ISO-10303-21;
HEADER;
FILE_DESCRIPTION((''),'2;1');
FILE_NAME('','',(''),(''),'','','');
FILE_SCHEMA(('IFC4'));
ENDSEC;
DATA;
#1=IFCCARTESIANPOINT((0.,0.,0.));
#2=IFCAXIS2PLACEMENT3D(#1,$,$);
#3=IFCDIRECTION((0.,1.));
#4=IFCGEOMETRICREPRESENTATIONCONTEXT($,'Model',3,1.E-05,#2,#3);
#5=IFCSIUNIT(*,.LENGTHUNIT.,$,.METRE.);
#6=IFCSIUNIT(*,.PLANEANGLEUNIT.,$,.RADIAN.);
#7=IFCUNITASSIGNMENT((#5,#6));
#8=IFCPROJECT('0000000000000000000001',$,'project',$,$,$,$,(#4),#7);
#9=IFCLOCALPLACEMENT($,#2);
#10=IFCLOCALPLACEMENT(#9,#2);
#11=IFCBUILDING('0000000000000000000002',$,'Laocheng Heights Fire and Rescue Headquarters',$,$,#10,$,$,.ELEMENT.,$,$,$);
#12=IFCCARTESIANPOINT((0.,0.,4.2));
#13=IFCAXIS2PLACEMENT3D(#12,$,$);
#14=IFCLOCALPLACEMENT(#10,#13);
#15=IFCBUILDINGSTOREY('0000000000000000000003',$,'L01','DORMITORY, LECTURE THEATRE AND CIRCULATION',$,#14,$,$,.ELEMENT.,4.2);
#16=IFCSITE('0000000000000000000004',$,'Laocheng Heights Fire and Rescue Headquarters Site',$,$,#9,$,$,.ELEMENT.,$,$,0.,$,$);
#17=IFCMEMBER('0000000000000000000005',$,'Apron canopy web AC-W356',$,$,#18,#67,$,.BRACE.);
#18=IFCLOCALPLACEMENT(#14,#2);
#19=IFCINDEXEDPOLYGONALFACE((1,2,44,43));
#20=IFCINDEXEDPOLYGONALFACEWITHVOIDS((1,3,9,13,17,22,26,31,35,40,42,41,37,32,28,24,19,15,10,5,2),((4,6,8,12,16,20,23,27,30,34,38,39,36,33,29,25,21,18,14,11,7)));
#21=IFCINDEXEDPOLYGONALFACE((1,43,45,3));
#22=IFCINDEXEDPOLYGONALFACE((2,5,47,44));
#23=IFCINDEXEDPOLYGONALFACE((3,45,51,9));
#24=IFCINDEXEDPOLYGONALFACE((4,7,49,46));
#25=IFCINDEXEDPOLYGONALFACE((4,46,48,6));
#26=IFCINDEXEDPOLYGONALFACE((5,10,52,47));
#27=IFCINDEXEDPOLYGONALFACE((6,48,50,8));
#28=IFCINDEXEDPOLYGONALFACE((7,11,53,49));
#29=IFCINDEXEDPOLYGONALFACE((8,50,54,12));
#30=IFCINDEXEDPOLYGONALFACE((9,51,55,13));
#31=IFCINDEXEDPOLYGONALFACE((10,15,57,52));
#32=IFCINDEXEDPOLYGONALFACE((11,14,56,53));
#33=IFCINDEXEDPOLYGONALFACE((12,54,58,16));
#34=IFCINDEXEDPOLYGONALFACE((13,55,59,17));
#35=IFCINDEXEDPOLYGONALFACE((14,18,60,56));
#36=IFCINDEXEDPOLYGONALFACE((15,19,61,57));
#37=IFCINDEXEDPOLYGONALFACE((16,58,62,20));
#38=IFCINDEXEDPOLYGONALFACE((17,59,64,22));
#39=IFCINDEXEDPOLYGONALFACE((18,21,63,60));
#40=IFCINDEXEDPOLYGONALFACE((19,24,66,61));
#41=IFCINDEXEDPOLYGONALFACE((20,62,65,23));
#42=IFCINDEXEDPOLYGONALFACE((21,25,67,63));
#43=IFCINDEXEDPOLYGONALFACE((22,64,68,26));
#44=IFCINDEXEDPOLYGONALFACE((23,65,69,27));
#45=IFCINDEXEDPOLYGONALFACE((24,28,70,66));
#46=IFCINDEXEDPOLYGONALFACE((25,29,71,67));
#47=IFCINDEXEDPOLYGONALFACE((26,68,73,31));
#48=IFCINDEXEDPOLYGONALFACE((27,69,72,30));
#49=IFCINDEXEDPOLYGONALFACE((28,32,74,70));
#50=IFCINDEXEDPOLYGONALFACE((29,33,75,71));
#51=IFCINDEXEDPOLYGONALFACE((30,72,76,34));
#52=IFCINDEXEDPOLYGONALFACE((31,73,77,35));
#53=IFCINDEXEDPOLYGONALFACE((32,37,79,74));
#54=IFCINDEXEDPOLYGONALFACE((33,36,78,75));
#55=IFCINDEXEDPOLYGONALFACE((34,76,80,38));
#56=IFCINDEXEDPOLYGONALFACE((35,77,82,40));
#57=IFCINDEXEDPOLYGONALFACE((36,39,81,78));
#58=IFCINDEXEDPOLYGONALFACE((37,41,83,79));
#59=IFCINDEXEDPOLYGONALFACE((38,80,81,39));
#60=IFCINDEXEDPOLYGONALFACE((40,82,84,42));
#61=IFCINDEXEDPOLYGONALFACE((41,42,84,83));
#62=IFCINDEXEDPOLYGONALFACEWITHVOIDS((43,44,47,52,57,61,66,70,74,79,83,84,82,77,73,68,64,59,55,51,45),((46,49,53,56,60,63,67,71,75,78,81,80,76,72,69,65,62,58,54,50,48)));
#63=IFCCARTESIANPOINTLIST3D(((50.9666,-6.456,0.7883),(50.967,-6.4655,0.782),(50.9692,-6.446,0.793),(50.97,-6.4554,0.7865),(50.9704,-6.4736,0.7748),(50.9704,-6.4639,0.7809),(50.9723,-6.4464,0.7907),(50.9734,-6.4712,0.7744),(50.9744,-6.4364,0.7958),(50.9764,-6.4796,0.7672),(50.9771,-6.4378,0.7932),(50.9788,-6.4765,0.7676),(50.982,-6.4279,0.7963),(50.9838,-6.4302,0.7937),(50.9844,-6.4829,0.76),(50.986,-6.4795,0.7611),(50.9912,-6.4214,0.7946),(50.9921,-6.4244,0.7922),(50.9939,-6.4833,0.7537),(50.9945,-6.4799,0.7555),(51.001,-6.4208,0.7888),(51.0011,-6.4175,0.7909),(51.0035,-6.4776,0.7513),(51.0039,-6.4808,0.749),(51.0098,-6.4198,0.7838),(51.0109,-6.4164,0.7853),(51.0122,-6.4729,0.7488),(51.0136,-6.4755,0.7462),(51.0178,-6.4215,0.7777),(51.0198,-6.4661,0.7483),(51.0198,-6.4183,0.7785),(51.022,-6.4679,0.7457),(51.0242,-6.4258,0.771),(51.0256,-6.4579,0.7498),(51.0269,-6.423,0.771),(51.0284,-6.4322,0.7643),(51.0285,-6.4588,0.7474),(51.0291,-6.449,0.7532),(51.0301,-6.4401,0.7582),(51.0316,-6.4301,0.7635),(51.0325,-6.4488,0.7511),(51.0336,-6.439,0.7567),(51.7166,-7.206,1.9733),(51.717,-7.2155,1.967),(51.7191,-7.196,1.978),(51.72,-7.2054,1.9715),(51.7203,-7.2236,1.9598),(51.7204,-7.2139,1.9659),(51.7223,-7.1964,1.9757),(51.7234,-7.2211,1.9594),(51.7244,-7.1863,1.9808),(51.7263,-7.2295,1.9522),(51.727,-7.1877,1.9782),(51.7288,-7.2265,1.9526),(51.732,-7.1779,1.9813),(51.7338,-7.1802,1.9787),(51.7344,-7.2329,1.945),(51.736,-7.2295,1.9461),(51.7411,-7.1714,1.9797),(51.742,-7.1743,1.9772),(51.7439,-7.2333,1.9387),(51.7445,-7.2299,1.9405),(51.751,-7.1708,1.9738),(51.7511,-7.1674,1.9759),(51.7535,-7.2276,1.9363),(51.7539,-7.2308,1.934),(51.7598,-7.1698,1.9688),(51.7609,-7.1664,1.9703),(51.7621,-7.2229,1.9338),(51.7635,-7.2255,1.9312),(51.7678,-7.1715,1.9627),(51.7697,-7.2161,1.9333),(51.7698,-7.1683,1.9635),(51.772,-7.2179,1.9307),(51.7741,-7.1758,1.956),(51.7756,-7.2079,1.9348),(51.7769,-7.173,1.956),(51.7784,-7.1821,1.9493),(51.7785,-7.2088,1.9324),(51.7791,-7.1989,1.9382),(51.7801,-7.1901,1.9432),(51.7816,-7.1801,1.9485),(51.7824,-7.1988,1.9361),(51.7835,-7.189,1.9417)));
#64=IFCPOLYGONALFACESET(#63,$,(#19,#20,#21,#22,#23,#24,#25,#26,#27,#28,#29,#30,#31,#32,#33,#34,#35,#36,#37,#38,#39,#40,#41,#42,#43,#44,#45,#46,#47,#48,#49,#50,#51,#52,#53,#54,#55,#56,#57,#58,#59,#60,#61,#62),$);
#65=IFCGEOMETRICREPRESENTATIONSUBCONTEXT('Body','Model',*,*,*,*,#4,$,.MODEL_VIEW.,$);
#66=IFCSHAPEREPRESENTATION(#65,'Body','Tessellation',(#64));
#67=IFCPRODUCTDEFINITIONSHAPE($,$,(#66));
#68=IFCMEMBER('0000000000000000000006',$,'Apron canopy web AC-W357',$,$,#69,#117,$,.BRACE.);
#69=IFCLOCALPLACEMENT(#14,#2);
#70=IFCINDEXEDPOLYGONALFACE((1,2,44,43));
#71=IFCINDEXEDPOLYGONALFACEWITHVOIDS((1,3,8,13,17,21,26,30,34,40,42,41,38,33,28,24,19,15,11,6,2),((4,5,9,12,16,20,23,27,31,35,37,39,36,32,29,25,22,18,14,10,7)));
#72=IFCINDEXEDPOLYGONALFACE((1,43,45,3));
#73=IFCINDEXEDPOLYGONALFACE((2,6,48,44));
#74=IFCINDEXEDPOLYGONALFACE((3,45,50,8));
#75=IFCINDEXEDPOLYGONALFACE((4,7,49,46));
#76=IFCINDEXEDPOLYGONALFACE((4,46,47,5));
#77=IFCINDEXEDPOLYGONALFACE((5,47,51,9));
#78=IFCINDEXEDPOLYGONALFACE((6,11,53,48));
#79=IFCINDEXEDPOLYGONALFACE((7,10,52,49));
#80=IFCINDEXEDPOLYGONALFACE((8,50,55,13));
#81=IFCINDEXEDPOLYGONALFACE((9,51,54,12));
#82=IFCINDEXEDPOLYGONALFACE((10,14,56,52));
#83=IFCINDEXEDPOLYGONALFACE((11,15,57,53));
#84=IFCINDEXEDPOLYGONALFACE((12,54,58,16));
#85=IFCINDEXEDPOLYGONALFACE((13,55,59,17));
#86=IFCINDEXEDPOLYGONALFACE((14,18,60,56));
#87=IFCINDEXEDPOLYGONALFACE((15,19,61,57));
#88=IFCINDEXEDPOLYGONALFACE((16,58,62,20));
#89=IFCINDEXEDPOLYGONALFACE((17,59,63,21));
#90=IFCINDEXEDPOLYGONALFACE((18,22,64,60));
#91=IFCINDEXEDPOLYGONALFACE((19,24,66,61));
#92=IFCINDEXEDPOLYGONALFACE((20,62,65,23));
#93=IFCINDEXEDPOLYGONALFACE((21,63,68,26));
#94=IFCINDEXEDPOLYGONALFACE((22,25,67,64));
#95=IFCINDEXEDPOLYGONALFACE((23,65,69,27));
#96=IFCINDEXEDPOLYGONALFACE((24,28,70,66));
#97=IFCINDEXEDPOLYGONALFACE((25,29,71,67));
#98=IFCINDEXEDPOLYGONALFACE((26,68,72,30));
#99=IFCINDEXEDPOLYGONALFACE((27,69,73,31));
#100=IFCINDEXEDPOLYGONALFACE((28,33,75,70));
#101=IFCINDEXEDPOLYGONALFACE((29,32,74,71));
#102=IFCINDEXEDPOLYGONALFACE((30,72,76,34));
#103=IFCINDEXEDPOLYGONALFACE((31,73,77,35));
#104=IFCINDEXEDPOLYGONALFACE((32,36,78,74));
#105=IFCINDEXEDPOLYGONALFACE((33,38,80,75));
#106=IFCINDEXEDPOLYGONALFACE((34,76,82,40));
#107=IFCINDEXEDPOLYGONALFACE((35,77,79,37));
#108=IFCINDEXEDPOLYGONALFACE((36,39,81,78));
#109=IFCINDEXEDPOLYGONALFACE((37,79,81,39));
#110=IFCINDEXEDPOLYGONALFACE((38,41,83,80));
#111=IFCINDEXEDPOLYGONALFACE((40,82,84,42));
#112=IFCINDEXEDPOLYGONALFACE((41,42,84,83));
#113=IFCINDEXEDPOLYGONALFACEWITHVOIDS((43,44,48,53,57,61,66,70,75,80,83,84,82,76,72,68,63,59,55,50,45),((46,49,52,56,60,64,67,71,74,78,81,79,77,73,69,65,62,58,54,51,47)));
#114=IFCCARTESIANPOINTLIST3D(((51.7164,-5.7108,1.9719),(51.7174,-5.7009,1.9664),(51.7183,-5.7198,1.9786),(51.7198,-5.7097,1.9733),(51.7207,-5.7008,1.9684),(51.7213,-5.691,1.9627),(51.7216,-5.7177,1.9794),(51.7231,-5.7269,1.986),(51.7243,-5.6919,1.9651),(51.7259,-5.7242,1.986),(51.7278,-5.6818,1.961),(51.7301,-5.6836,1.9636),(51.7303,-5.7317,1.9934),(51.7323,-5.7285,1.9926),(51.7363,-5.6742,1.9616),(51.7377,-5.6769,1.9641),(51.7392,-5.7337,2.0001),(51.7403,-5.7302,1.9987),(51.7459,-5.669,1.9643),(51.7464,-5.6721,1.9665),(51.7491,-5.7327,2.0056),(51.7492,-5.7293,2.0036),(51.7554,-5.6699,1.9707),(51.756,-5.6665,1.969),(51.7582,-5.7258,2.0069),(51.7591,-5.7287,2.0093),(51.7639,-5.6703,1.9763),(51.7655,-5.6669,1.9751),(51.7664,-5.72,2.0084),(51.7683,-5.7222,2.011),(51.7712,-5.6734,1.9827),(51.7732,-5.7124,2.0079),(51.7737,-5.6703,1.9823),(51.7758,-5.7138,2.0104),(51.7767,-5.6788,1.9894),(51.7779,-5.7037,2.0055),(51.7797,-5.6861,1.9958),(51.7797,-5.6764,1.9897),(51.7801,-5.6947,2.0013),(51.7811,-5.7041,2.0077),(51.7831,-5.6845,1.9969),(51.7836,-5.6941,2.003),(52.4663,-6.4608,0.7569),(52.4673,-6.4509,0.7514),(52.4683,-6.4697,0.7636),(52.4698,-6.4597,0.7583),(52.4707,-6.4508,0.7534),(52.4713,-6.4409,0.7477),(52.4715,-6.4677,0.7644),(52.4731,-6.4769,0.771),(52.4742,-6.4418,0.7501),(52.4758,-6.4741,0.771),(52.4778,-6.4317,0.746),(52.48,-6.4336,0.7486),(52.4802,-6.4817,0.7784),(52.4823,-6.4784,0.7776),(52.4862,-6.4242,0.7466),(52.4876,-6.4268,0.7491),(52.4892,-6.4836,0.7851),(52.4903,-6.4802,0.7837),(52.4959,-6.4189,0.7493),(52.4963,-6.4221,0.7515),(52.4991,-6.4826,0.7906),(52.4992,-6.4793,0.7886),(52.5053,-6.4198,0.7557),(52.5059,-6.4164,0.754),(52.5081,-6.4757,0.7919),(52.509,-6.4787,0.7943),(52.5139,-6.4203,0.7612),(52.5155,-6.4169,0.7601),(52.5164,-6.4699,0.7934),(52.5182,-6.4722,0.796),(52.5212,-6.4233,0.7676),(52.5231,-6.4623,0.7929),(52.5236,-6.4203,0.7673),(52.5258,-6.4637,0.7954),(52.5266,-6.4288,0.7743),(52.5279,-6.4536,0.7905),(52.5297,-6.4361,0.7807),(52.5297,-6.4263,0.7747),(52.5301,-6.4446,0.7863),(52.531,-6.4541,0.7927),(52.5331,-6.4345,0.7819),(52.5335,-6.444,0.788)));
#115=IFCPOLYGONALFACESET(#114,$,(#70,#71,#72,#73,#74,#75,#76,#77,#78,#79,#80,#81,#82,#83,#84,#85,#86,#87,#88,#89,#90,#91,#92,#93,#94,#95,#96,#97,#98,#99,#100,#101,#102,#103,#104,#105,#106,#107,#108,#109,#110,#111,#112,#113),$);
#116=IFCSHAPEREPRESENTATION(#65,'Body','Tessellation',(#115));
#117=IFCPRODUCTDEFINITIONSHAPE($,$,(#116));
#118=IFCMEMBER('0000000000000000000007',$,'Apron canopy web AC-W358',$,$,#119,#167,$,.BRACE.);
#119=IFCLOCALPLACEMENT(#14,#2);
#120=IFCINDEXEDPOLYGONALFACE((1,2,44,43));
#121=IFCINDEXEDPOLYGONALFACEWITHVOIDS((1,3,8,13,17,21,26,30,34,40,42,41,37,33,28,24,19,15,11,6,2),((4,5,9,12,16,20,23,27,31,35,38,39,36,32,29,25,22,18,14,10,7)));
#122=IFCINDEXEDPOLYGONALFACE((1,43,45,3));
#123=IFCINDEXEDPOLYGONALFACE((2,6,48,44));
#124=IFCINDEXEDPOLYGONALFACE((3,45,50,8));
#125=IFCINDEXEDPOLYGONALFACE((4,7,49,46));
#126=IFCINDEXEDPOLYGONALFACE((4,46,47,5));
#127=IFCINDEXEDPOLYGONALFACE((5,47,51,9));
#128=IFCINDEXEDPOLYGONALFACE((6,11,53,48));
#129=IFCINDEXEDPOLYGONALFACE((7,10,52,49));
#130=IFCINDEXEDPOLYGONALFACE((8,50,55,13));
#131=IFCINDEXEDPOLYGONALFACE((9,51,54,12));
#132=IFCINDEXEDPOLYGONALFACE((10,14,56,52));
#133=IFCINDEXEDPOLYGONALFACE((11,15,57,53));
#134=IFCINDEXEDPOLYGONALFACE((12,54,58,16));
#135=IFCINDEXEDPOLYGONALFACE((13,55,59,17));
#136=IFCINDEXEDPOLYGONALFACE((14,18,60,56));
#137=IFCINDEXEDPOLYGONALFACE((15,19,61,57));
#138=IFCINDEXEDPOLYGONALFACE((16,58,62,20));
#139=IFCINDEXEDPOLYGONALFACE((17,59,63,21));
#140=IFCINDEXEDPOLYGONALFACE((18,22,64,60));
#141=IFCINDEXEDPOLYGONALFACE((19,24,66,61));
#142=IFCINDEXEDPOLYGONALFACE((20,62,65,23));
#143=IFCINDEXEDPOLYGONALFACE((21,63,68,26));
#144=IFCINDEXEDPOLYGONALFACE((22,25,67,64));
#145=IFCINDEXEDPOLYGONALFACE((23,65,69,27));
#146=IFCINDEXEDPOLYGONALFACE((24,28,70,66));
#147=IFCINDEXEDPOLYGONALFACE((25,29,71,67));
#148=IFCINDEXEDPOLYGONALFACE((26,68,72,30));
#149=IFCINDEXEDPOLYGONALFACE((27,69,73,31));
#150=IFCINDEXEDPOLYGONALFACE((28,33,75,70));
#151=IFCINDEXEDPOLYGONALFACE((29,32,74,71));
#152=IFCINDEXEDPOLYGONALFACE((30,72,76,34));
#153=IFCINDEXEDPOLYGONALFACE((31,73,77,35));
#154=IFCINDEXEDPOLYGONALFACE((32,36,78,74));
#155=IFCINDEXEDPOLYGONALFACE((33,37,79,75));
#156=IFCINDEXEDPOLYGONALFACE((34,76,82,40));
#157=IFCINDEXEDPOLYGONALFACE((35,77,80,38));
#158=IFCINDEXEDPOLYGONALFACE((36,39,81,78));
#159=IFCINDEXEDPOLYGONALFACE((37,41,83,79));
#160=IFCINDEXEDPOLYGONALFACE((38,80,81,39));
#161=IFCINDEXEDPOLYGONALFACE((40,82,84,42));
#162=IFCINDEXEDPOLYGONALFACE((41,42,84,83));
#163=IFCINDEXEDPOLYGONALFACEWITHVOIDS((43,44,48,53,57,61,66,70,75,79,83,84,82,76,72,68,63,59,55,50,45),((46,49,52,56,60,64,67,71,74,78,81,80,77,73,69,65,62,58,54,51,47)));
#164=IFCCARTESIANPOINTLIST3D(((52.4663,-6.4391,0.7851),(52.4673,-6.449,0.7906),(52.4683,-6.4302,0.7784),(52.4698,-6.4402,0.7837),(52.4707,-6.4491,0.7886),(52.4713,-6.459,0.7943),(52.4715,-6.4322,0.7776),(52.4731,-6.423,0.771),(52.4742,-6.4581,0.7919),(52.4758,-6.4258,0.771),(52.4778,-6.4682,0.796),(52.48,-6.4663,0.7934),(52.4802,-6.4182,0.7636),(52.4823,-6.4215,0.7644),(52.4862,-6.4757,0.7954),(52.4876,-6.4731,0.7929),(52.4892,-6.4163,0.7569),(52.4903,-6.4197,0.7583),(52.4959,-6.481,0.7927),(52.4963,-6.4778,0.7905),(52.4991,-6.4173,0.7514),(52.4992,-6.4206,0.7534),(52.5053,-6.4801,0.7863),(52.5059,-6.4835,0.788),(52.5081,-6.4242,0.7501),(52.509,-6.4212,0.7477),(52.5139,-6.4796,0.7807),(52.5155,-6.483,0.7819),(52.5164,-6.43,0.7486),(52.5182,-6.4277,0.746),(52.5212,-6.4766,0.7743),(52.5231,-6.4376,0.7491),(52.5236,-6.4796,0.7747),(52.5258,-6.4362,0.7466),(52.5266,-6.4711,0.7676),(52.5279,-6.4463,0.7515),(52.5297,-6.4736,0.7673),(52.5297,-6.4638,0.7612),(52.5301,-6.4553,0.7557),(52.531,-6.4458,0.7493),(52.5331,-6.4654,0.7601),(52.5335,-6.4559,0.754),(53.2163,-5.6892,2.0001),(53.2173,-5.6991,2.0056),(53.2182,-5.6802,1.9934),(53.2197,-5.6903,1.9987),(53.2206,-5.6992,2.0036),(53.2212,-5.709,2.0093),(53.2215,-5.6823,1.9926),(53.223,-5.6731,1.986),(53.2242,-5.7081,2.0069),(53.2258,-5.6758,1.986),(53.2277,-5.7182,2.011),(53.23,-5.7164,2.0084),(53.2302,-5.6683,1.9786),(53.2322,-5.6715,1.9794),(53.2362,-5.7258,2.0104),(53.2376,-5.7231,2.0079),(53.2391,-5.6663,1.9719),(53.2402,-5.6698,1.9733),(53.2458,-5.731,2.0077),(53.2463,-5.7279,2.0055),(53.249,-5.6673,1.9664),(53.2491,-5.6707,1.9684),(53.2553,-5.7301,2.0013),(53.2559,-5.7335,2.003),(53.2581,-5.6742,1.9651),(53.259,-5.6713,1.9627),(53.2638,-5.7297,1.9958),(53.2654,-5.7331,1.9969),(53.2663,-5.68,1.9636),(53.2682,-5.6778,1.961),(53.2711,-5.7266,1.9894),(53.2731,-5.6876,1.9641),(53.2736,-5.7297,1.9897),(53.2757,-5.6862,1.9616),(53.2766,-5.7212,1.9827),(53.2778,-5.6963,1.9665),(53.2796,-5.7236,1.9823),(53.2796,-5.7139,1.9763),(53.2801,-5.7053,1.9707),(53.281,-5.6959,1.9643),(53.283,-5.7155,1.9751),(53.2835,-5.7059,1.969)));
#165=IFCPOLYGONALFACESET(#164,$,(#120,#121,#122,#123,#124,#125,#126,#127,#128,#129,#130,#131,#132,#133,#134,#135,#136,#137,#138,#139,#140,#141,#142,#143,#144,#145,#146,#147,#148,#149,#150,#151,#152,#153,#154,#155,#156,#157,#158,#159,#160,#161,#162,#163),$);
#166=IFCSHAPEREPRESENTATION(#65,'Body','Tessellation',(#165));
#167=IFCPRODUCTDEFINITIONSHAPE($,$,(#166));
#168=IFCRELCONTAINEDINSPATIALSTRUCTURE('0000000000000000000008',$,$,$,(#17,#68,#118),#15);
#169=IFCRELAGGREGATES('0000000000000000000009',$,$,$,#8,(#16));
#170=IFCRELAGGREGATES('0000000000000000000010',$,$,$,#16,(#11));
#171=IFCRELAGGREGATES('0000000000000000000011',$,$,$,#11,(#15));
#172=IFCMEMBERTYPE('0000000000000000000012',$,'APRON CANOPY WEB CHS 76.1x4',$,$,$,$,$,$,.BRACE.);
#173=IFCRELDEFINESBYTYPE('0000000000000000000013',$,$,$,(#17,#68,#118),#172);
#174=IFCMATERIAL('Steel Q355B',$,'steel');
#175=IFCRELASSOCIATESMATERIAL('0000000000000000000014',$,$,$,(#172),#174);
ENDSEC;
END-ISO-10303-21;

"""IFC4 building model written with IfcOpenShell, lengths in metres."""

from ifc_helpers import new_model, si_unit, direction, frame, origin, origin_2d, place, context, subcontext, project, spatial, hollow_circle, extrude, material, material_profile, profile_set, type_object, element, save


model = new_model("IFC4")

# Units and contexts
model_context = context("Model", 3, precision=1e-05, world=origin(), true_north=direction((0.0, 1.0)))
body_context = subcontext(model_context, "Body", "Model", "MODEL_VIEW")
ifc_project = project(units=[si_unit("LENGTHUNIT", "METRE"), si_unit("PLANEANGLEUNIT", "RADIAN")], contexts=[model_context])

# Site, building, storey
site_placement = place(None, origin())
site = spatial("IfcSite", under=ifc_project, at=site_placement, Name="Laocheng Heights Fire and Rescue Headquarters Site", CompositionType="ELEMENT", RefElevation=0.0)
building_placement = place(site_placement, origin())
building = spatial("IfcBuilding", under=site, at=building_placement, Name="Laocheng Heights Fire and Rescue Headquarters", CompositionType="ELEMENT")
storey_placement = place(building_placement, frame((0.0, 0.0, 4.2)))
storey = spatial("IfcBuildingStorey", under=building, at=storey_placement, Name="L01", Description="DORMITORY, LECTURE THEATRE AND CIRCULATION", CompositionType="ELEMENT", Elevation=4.2)

# Members
ifc_material_1 = material(Name="Steel Q355B", Category="steel")
ifc_material_profile_1 = material_profile(ifc_material_1, hollow_circle(Radius=0.0381, WallThickness=0.0039, at=origin_2d()), Name="CHS 76.1x4")
ifc_profile_set_1 = profile_set([ifc_material_profile_1], Name="Steel Q355B")
member_type_1 = type_object("IfcMemberType", Name="APRON CANOPY WEB CHS 76.1x4", PredefinedType="BRACE", material=ifc_profile_set_1)
for number, where, z_axis, x_axis, name in (
    (1, (51.0, -6.45, 0.771), (0.47158, -0.47158, 0.745134), (0.707107, 0.707107, 0.0), "Apron canopy web AC-W356"),
):
    element("IfcMember", number, at=place(storey_placement, frame(where, z_axis=z_axis, x_axis=x_axis)), inside=storey, type_object=member_type_1, Name=name, PredefinedType="BRACE", context=body_context, shape_type="SweptSolid", body=[
        extrude(hollow_circle(Radius=0.0381, WallThickness=0.0039, at=origin_2d()), origin(), (0.0, 0.0, 1.0), 1.5903),
    ])
for number, where, z_axis, x_axis, name in (
    (2, (52.5, -6.45, 0.771), (-0.465002, 0.465002, 0.753357), (-0.707107, -0.707107, 0.0), "Apron canopy web AC-W357"),
    (3, (52.5, -6.45, 0.771), (0.465002, 0.465002, 0.753357), (-0.707107, 0.707107, 0.0), "Apron canopy web AC-W358"),
):
    element("IfcMember", number, at=place(storey_placement, frame(where, z_axis=z_axis, x_axis=x_axis)), inside=storey, type_object=member_type_1, Name=name, PredefinedType="BRACE", context=body_context, shape_type="SweptSolid", body=[
        extrude(hollow_circle(Radius=0.0381, WallThickness=0.0039, at=origin_2d()), origin(), (0.0, 0.0, 1.0), 1.6128),
    ])

save(model, "model.ifc")
